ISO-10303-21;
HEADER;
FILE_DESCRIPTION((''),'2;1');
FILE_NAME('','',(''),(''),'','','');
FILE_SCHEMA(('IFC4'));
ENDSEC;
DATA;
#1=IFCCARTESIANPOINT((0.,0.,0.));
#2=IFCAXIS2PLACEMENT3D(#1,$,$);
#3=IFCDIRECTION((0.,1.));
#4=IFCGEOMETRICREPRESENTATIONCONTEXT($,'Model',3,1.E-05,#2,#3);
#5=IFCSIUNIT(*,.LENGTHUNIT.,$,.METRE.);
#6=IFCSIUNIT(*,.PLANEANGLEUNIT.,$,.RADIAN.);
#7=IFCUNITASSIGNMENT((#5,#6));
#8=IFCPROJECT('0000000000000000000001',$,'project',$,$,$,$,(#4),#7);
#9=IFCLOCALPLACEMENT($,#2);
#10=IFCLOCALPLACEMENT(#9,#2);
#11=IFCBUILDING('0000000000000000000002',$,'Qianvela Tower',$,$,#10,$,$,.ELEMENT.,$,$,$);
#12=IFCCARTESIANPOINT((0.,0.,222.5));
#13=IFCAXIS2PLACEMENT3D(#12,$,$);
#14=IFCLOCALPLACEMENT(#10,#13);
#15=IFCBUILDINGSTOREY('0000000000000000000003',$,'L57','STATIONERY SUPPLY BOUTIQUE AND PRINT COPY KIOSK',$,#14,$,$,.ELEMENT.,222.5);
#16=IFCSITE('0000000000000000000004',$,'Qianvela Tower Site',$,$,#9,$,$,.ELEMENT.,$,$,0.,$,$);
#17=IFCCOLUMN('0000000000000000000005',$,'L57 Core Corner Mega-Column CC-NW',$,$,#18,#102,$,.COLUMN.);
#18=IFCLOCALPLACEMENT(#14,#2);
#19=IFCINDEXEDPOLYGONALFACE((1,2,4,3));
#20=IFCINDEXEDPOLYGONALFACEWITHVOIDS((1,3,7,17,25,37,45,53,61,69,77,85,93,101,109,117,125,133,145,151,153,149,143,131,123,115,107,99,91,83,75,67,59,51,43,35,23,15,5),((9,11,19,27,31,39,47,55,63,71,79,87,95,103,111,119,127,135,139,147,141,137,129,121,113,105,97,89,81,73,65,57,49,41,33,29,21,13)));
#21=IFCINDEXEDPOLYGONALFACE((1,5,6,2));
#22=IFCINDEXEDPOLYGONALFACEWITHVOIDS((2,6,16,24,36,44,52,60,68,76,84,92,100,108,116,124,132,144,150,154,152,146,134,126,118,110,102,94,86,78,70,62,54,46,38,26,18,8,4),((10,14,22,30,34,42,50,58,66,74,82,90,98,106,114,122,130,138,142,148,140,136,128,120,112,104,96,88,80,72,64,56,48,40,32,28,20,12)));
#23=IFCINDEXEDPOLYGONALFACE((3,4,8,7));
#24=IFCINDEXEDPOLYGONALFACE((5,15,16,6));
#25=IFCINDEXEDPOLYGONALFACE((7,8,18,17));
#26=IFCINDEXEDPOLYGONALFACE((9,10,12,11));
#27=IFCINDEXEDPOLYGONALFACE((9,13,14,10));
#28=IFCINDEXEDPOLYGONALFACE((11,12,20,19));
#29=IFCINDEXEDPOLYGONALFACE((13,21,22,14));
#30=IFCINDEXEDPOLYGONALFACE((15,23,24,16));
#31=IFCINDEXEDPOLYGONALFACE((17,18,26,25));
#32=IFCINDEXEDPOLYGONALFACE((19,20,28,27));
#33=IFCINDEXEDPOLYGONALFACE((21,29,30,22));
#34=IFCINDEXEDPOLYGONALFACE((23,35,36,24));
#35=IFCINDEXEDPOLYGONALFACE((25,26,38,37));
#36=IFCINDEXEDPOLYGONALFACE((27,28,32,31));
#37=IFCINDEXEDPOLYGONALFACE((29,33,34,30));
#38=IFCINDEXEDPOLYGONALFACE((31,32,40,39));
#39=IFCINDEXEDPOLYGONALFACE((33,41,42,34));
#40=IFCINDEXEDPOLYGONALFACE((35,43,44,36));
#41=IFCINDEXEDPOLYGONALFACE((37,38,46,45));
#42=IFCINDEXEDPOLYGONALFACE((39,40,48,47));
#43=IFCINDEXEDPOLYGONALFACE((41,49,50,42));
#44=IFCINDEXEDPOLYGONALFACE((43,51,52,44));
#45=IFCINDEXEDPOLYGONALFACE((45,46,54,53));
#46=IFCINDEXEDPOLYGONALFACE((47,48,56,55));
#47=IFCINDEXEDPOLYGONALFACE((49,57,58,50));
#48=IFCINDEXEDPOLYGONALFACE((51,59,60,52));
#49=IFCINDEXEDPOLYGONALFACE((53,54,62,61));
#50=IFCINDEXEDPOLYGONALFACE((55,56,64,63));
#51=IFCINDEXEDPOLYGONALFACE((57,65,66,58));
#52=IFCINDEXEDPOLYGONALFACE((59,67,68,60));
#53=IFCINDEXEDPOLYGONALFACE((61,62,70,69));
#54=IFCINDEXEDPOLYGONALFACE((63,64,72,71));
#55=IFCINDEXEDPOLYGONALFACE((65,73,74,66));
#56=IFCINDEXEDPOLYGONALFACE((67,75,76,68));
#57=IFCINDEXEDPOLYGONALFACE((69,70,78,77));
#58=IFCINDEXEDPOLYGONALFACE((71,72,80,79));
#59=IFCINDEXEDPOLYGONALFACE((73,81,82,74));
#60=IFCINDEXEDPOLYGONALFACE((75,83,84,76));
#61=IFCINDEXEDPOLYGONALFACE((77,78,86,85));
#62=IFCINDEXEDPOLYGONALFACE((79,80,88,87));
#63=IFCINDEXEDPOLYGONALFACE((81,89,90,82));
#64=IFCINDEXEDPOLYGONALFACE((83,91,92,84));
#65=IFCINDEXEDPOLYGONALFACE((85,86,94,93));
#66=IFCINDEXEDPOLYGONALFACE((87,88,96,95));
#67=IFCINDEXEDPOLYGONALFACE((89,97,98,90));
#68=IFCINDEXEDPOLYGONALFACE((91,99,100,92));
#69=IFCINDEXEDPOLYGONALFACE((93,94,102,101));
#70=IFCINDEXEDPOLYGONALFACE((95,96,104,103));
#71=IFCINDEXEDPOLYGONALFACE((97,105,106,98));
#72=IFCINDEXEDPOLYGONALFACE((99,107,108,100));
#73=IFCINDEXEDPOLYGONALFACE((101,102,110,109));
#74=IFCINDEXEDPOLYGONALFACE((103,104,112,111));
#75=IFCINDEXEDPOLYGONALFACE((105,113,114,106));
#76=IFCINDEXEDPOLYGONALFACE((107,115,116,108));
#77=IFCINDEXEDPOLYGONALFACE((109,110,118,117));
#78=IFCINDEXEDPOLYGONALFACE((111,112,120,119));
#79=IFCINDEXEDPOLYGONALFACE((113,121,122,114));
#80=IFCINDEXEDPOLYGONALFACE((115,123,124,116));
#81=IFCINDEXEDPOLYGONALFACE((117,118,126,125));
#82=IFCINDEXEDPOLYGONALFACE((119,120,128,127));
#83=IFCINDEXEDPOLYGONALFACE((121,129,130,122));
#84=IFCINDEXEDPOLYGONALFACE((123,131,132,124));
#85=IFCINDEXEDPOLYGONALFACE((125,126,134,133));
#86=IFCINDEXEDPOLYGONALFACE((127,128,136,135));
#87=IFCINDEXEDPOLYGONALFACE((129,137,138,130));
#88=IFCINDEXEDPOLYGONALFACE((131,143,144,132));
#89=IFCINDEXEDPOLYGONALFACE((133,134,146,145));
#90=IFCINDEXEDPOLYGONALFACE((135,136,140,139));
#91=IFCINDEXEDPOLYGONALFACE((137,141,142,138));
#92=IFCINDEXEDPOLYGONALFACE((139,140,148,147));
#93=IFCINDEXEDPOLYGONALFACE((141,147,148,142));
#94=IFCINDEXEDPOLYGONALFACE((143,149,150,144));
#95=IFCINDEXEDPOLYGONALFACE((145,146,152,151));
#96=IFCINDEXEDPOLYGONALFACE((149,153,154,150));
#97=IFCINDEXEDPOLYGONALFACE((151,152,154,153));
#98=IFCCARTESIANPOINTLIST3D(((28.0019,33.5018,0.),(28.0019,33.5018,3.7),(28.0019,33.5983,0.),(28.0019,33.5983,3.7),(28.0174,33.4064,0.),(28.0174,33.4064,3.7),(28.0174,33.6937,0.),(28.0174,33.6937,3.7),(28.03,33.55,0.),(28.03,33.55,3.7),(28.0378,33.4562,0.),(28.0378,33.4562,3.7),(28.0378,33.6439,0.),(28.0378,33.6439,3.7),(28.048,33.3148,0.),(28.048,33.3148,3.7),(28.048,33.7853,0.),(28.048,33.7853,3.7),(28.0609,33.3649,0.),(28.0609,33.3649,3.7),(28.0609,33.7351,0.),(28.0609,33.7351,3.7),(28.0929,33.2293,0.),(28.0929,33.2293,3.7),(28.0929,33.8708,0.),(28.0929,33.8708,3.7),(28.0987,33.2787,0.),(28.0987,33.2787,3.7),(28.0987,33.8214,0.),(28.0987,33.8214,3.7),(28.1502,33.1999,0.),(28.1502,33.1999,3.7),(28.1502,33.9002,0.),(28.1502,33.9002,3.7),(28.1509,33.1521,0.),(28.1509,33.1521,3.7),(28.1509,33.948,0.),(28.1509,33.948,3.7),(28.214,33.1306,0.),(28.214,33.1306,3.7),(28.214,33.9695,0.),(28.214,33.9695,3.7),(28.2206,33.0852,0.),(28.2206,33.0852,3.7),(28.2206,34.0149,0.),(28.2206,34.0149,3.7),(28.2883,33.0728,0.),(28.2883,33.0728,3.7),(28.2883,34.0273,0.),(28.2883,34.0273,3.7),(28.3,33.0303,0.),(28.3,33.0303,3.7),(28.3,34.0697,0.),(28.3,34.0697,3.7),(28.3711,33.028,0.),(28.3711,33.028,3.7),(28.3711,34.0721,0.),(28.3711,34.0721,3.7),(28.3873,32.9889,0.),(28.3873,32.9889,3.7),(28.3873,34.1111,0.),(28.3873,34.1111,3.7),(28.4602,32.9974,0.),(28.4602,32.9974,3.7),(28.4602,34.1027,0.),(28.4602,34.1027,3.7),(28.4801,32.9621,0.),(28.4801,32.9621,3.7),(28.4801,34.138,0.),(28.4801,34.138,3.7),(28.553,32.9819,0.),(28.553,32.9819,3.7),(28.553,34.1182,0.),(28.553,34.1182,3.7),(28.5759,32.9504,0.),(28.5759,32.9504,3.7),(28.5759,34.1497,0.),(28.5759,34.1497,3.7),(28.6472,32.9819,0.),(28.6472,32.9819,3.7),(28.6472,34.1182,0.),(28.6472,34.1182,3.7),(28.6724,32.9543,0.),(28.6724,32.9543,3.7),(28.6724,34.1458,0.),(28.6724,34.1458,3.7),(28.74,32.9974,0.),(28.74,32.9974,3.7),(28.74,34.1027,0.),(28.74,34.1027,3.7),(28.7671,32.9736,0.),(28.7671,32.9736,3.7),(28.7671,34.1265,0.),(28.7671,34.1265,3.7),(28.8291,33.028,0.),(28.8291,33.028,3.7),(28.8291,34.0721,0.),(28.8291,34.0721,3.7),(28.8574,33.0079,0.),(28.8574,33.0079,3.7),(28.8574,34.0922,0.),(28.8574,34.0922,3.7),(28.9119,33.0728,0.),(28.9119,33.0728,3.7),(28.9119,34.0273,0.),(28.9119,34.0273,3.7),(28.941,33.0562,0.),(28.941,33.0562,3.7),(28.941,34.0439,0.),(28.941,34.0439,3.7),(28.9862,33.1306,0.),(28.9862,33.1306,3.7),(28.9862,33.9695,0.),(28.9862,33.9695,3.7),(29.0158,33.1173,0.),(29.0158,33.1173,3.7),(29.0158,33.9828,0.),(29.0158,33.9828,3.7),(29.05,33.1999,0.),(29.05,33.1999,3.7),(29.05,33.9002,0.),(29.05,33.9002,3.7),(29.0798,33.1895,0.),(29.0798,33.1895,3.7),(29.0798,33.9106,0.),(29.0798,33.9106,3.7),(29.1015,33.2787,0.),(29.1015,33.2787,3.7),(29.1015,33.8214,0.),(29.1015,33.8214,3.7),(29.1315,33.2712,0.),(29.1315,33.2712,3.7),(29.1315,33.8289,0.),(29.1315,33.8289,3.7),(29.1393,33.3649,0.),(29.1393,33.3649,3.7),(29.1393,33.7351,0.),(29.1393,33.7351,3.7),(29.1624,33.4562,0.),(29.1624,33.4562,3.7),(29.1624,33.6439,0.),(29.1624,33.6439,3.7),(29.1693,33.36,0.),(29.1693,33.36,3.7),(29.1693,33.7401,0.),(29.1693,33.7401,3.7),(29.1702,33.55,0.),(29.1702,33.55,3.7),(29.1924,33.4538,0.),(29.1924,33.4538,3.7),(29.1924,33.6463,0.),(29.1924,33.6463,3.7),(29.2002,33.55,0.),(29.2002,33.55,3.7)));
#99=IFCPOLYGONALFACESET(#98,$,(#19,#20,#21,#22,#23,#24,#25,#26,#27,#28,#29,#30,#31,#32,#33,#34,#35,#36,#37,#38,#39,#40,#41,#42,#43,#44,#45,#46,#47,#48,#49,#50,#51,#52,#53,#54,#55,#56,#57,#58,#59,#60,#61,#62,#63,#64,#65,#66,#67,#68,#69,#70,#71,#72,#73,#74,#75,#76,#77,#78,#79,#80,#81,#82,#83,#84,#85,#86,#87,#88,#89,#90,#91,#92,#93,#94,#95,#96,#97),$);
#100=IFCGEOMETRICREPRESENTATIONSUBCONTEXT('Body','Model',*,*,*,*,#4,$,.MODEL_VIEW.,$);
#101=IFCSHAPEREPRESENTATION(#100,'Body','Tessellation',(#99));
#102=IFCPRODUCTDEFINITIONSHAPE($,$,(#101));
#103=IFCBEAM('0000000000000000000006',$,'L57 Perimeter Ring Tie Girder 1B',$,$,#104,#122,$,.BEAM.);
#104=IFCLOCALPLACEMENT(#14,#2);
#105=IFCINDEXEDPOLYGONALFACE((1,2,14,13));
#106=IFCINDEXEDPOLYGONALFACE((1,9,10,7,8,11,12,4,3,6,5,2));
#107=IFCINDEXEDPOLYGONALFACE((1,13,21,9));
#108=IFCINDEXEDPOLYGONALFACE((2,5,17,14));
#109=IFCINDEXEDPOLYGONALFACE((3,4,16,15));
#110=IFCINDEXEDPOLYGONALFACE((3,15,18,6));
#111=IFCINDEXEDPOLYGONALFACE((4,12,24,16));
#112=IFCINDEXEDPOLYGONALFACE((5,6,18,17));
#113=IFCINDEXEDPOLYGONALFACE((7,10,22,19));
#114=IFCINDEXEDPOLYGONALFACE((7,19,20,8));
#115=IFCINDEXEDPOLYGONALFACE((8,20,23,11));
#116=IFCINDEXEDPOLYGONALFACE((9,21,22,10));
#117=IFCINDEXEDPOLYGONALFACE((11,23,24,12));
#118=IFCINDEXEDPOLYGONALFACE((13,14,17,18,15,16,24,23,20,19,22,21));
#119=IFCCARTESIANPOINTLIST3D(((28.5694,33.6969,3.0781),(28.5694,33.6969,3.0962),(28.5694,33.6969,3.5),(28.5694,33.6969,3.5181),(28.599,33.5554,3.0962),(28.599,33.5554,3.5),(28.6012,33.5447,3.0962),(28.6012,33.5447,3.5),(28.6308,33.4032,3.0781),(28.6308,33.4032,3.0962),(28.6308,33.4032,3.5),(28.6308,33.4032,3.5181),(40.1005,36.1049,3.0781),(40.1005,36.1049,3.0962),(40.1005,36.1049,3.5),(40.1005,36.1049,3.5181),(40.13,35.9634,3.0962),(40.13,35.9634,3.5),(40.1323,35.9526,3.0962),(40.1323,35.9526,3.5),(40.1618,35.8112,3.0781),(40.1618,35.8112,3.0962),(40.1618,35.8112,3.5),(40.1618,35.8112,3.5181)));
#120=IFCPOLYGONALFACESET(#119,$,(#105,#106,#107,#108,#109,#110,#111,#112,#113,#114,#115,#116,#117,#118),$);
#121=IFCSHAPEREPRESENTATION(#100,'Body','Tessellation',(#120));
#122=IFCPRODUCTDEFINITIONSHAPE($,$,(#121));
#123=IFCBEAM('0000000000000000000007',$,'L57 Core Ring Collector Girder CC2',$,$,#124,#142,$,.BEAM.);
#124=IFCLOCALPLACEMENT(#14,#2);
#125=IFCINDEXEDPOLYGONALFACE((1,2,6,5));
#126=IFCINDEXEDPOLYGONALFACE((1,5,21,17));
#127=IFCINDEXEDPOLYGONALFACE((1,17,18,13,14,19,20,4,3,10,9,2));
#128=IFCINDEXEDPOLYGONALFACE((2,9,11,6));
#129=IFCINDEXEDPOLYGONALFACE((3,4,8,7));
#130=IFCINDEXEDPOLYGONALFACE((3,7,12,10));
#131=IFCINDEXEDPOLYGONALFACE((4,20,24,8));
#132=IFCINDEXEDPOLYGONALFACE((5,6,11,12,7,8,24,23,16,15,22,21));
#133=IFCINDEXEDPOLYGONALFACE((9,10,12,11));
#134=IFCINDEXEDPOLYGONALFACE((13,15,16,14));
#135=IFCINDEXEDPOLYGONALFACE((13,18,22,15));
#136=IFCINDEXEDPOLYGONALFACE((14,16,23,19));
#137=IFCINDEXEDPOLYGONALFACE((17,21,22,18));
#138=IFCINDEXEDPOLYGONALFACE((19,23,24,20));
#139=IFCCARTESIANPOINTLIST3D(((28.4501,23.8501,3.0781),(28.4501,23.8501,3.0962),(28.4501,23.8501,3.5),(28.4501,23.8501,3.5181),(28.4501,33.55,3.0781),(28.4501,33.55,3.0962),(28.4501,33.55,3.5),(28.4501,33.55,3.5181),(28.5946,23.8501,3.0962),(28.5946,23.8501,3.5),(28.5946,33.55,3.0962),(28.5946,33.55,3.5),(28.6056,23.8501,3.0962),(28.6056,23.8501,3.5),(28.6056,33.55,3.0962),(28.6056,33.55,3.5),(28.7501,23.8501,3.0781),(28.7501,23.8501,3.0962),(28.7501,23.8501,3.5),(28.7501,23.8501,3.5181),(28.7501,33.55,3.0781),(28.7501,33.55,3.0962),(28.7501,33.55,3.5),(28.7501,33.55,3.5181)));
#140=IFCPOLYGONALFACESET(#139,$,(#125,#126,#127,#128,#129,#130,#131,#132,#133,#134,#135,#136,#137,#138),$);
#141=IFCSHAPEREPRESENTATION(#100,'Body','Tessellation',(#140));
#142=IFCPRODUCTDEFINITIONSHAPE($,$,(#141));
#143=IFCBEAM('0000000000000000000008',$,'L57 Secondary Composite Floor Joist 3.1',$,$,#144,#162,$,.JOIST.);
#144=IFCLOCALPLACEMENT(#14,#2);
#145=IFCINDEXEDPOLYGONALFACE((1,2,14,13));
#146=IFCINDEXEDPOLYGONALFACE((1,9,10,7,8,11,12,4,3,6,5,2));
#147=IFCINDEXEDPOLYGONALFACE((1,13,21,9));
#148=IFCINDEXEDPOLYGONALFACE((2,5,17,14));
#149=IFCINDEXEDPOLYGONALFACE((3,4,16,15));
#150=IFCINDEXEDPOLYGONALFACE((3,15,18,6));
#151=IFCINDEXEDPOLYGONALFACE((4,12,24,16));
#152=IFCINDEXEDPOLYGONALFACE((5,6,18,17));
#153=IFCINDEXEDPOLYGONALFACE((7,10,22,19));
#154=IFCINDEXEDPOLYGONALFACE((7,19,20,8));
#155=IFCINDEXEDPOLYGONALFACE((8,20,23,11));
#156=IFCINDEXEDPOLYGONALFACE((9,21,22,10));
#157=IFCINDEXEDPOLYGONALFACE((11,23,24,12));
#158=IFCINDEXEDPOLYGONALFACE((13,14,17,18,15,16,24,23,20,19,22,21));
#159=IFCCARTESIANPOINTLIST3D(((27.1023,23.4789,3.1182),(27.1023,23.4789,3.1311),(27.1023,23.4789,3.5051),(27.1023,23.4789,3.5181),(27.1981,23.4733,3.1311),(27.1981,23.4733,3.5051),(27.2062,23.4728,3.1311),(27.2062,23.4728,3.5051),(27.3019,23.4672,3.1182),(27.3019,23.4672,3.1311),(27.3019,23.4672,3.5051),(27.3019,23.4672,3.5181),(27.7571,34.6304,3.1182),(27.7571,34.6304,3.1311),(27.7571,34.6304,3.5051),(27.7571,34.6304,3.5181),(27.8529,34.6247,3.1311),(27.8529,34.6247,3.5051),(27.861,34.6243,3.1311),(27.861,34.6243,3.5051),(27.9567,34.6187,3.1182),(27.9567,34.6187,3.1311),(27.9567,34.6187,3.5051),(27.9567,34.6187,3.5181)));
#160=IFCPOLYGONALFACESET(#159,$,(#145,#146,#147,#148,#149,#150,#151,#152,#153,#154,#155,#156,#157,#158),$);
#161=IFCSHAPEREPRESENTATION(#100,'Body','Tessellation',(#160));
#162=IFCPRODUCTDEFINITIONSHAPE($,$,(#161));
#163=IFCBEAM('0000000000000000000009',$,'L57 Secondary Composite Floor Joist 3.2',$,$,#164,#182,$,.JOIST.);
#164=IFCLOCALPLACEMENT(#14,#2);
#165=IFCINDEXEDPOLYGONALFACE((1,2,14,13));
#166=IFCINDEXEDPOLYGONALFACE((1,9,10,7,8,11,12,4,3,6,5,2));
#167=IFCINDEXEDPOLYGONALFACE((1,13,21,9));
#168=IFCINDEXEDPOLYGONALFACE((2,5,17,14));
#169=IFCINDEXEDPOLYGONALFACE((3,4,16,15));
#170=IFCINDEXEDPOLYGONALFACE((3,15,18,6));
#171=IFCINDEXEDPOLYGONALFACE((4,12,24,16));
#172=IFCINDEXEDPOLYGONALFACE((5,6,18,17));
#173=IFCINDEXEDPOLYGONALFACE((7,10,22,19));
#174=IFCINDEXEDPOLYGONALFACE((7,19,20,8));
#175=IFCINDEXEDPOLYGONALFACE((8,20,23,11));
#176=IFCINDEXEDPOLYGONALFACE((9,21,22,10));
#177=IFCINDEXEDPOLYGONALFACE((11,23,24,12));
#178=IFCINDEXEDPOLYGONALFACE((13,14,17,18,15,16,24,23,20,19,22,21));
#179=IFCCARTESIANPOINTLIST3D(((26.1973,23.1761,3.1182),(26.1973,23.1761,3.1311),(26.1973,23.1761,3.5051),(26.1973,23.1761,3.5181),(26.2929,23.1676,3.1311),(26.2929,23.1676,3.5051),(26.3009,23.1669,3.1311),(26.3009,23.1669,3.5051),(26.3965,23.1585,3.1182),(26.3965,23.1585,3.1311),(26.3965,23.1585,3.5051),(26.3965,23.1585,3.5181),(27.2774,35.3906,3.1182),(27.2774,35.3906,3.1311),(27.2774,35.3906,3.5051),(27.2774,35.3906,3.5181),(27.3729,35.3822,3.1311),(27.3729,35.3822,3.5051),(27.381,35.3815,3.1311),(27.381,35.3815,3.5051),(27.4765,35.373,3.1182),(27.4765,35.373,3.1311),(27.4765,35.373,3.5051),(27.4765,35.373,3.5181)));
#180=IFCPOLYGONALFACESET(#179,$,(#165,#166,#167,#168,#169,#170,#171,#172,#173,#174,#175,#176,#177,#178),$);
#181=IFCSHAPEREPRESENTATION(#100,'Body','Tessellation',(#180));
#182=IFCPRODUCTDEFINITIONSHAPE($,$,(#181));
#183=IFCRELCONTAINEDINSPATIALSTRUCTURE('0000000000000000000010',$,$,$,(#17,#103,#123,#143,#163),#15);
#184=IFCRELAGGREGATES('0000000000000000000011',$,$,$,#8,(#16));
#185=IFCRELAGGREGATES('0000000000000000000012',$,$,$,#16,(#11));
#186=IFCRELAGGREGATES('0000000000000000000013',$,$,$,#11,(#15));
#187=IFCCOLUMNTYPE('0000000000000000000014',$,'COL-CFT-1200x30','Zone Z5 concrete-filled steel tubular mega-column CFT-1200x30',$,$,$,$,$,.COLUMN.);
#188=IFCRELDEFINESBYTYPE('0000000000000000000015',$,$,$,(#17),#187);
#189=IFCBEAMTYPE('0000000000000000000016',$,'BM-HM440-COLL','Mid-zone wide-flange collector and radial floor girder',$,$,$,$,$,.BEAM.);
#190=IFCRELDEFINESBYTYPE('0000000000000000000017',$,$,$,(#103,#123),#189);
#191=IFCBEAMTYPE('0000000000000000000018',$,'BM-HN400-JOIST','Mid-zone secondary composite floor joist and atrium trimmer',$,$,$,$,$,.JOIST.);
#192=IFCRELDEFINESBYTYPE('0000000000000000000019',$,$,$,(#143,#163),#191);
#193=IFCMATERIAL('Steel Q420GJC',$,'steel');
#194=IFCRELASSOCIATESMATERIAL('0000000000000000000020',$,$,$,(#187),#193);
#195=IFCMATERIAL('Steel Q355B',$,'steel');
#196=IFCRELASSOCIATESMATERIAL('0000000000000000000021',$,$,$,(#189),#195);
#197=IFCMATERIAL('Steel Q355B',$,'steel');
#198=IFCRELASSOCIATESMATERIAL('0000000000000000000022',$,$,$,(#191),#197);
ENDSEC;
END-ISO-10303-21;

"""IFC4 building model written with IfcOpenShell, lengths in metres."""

from ifc_helpers import new_model, si_unit, direction, frame, origin, origin_2d, place, context, subcontext, project, spatial, hollow_circle, i_section, extrude, material, material_profile, profile_set, type_object, element, save


model = new_model("IFC4")

# Units and contexts
model_context = context("Model", 3, precision=1e-05, world=origin(), true_north=direction((0.0, 1.0)))
body_context = subcontext(model_context, "Body", "Model", "MODEL_VIEW")
ifc_project = project(units=[si_unit("LENGTHUNIT", "METRE"), si_unit("PLANEANGLEUNIT", "RADIAN")], contexts=[model_context])

# Site, building, storey
site_placement = place(None, origin())
site = spatial("IfcSite", under=ifc_project, at=site_placement, Name="Qianvela Tower Site", CompositionType="ELEMENT", RefElevation=0.0)
building_placement = place(site_placement, origin())
building = spatial("IfcBuilding", under=site, at=building_placement, Name="Qianvela Tower", CompositionType="ELEMENT")
storey_placement = place(building_placement, frame((0.0, 0.0, 222.5)))
storey = spatial("IfcBuildingStorey", under=building, at=storey_placement, Name="L57", Description="STATIONERY SUPPLY BOUTIQUE AND PRINT COPY KIOSK", CompositionType="ELEMENT", Elevation=222.5)

# Column
ifc_material_1 = material(Name="Steel Q420GJC", Category="steel")
ifc_material_profile_1 = material_profile(ifc_material_1, hollow_circle(Radius=0.6001, WallThickness=0.03, at=origin_2d()), Name="CFT-1200x30")
ifc_profile_set_1 = profile_set([ifc_material_profile_1], Name="Steel Q420GJC")
column_type = type_object("IfcColumnType", Name="COL-CFT-1200x30", Description="Zone Z5 concrete-filled steel tubular mega-column CFT-1200x30", PredefinedType="COLUMN", material=ifc_profile_set_1)
column_placement = place(storey_placement, frame((28.6001, 33.55, 0.0), z_axis=(0.0, 0.0, 1.0), x_axis=(1.0, 0.0, 0.0)))
element("IfcColumn", 1, at=column_placement, inside=storey, type_object=column_type, Name="L57 Core Corner Mega-Column CC-NW", PredefinedType="COLUMN", context=body_context, shape_type="SweptSolid", body=[
    extrude(hollow_circle(Radius=0.6001, WallThickness=0.03, at=origin_2d()), origin(), (0.0, 0.0, 1.0), 3.7),
])

# Beams
ifc_material_2 = material(Name="Steel Q355B", Category="steel")
ifc_material_profile_2 = material_profile(ifc_material_2, i_section(OverallWidth=0.3, OverallDepth=0.4399, WebThickness=0.011, FlangeThickness=0.0181, at=origin_2d()), Name="HM440x300x11x18")
ifc_profile_set_2 = profile_set([ifc_material_profile_2], Name="Steel Q355B")
beam_type_1 = type_object("IfcBeamType", Name="BM-HM440-COLL", Description="Mid-zone wide-flange collector and radial floor girder", PredefinedType="BEAM", material=ifc_profile_set_2)
beam_1_placement = place(storey_placement, frame((28.6001, 33.55, 3.2981), z_axis=(0.978884, 0.204415, 0.0), x_axis=(-0.204415, 0.978884, 0.0)))
element("IfcBeam", 2, at=beam_1_placement, inside=storey, type_object=beam_type_1, Name="L57 Perimeter Ring Tie Girder 1B", PredefinedType="BEAM", context=body_context, shape_type="SweptSolid", body=[
    extrude(i_section(OverallWidth=0.3, OverallDepth=0.4399, WebThickness=0.011, FlangeThickness=0.0181, at=origin_2d()), origin(), (0.0, 0.0, 1.0), 11.7798),
])
beam_2_placement = place(storey_placement, frame((28.6001, 33.55, 3.2981), z_axis=(0.0, -1.0, 0.0), x_axis=(1.0, 0.0, 0.0)))
element("IfcBeam", 3, at=beam_2_placement, inside=storey, type_object=beam_type_1, Name="L57 Core Ring Collector Girder CC2", PredefinedType="BEAM", context=body_context, shape_type="SweptSolid", body=[
    extrude(i_section(OverallWidth=0.3, OverallDepth=0.4399, WebThickness=0.011, FlangeThickness=0.0181, at=origin_2d()), origin(), (0.0, 0.0, 1.0), 9.7),
])
ifc_material_3 = material(Name="Steel Q355B", Category="steel")
ifc_material_profile_3 = material_profile(ifc_material_3, i_section(OverallWidth=0.2, OverallDepth=0.3999, WebThickness=0.0081, FlangeThickness=0.0129, at=origin_2d()), Name="HN400x200x8x13")
ifc_profile_set_3 = profile_set([ifc_material_profile_3], Name="Steel Q355B")
beam_type_2 = type_object("IfcBeamType", Name="BM-HN400-JOIST", Description="Mid-zone secondary composite floor joist and atrium trimmer", PredefinedType="JOIST", material=ifc_profile_set_3)
beam_3_placement = place(storey_placement, frame((27.8569, 34.6245, 3.3181), z_axis=(-0.058617, -0.998281, 0.0), x_axis=(0.998281, -0.058617, 0.0)))
element("IfcBeam", 4, at=beam_3_placement, inside=storey, type_object=beam_type_2, Name="L57 Secondary Composite Floor Joist 3.1", PredefinedType="JOIST", context=body_context, shape_type="SweptSolid", body=[
    extrude(i_section(OverallWidth=0.2, OverallDepth=0.3999, WebThickness=0.0081, FlangeThickness=0.0129, at=origin_2d()), origin(), (0.0, 0.0, 1.0), 11.1707),
])
beam_4_placement = place(storey_placement, frame((27.377, 35.3818, 3.3181), z_axis=(-0.088081, -0.996113, 0.0), x_axis=(0.996113, -0.088081, 0.0)))
element("IfcBeam", 5, at=beam_4_placement, inside=storey, type_object=beam_type_2, Name="L57 Secondary Composite Floor Joist 3.2", PredefinedType="JOIST", context=body_context, shape_type="SweptSolid", body=[
    extrude(i_section(OverallWidth=0.2, OverallDepth=0.3999, WebThickness=0.0081, FlangeThickness=0.0129, at=origin_2d()), origin(), (0.0, 0.0, 1.0), 12.2622),
])

save(model, "model.ifc")
